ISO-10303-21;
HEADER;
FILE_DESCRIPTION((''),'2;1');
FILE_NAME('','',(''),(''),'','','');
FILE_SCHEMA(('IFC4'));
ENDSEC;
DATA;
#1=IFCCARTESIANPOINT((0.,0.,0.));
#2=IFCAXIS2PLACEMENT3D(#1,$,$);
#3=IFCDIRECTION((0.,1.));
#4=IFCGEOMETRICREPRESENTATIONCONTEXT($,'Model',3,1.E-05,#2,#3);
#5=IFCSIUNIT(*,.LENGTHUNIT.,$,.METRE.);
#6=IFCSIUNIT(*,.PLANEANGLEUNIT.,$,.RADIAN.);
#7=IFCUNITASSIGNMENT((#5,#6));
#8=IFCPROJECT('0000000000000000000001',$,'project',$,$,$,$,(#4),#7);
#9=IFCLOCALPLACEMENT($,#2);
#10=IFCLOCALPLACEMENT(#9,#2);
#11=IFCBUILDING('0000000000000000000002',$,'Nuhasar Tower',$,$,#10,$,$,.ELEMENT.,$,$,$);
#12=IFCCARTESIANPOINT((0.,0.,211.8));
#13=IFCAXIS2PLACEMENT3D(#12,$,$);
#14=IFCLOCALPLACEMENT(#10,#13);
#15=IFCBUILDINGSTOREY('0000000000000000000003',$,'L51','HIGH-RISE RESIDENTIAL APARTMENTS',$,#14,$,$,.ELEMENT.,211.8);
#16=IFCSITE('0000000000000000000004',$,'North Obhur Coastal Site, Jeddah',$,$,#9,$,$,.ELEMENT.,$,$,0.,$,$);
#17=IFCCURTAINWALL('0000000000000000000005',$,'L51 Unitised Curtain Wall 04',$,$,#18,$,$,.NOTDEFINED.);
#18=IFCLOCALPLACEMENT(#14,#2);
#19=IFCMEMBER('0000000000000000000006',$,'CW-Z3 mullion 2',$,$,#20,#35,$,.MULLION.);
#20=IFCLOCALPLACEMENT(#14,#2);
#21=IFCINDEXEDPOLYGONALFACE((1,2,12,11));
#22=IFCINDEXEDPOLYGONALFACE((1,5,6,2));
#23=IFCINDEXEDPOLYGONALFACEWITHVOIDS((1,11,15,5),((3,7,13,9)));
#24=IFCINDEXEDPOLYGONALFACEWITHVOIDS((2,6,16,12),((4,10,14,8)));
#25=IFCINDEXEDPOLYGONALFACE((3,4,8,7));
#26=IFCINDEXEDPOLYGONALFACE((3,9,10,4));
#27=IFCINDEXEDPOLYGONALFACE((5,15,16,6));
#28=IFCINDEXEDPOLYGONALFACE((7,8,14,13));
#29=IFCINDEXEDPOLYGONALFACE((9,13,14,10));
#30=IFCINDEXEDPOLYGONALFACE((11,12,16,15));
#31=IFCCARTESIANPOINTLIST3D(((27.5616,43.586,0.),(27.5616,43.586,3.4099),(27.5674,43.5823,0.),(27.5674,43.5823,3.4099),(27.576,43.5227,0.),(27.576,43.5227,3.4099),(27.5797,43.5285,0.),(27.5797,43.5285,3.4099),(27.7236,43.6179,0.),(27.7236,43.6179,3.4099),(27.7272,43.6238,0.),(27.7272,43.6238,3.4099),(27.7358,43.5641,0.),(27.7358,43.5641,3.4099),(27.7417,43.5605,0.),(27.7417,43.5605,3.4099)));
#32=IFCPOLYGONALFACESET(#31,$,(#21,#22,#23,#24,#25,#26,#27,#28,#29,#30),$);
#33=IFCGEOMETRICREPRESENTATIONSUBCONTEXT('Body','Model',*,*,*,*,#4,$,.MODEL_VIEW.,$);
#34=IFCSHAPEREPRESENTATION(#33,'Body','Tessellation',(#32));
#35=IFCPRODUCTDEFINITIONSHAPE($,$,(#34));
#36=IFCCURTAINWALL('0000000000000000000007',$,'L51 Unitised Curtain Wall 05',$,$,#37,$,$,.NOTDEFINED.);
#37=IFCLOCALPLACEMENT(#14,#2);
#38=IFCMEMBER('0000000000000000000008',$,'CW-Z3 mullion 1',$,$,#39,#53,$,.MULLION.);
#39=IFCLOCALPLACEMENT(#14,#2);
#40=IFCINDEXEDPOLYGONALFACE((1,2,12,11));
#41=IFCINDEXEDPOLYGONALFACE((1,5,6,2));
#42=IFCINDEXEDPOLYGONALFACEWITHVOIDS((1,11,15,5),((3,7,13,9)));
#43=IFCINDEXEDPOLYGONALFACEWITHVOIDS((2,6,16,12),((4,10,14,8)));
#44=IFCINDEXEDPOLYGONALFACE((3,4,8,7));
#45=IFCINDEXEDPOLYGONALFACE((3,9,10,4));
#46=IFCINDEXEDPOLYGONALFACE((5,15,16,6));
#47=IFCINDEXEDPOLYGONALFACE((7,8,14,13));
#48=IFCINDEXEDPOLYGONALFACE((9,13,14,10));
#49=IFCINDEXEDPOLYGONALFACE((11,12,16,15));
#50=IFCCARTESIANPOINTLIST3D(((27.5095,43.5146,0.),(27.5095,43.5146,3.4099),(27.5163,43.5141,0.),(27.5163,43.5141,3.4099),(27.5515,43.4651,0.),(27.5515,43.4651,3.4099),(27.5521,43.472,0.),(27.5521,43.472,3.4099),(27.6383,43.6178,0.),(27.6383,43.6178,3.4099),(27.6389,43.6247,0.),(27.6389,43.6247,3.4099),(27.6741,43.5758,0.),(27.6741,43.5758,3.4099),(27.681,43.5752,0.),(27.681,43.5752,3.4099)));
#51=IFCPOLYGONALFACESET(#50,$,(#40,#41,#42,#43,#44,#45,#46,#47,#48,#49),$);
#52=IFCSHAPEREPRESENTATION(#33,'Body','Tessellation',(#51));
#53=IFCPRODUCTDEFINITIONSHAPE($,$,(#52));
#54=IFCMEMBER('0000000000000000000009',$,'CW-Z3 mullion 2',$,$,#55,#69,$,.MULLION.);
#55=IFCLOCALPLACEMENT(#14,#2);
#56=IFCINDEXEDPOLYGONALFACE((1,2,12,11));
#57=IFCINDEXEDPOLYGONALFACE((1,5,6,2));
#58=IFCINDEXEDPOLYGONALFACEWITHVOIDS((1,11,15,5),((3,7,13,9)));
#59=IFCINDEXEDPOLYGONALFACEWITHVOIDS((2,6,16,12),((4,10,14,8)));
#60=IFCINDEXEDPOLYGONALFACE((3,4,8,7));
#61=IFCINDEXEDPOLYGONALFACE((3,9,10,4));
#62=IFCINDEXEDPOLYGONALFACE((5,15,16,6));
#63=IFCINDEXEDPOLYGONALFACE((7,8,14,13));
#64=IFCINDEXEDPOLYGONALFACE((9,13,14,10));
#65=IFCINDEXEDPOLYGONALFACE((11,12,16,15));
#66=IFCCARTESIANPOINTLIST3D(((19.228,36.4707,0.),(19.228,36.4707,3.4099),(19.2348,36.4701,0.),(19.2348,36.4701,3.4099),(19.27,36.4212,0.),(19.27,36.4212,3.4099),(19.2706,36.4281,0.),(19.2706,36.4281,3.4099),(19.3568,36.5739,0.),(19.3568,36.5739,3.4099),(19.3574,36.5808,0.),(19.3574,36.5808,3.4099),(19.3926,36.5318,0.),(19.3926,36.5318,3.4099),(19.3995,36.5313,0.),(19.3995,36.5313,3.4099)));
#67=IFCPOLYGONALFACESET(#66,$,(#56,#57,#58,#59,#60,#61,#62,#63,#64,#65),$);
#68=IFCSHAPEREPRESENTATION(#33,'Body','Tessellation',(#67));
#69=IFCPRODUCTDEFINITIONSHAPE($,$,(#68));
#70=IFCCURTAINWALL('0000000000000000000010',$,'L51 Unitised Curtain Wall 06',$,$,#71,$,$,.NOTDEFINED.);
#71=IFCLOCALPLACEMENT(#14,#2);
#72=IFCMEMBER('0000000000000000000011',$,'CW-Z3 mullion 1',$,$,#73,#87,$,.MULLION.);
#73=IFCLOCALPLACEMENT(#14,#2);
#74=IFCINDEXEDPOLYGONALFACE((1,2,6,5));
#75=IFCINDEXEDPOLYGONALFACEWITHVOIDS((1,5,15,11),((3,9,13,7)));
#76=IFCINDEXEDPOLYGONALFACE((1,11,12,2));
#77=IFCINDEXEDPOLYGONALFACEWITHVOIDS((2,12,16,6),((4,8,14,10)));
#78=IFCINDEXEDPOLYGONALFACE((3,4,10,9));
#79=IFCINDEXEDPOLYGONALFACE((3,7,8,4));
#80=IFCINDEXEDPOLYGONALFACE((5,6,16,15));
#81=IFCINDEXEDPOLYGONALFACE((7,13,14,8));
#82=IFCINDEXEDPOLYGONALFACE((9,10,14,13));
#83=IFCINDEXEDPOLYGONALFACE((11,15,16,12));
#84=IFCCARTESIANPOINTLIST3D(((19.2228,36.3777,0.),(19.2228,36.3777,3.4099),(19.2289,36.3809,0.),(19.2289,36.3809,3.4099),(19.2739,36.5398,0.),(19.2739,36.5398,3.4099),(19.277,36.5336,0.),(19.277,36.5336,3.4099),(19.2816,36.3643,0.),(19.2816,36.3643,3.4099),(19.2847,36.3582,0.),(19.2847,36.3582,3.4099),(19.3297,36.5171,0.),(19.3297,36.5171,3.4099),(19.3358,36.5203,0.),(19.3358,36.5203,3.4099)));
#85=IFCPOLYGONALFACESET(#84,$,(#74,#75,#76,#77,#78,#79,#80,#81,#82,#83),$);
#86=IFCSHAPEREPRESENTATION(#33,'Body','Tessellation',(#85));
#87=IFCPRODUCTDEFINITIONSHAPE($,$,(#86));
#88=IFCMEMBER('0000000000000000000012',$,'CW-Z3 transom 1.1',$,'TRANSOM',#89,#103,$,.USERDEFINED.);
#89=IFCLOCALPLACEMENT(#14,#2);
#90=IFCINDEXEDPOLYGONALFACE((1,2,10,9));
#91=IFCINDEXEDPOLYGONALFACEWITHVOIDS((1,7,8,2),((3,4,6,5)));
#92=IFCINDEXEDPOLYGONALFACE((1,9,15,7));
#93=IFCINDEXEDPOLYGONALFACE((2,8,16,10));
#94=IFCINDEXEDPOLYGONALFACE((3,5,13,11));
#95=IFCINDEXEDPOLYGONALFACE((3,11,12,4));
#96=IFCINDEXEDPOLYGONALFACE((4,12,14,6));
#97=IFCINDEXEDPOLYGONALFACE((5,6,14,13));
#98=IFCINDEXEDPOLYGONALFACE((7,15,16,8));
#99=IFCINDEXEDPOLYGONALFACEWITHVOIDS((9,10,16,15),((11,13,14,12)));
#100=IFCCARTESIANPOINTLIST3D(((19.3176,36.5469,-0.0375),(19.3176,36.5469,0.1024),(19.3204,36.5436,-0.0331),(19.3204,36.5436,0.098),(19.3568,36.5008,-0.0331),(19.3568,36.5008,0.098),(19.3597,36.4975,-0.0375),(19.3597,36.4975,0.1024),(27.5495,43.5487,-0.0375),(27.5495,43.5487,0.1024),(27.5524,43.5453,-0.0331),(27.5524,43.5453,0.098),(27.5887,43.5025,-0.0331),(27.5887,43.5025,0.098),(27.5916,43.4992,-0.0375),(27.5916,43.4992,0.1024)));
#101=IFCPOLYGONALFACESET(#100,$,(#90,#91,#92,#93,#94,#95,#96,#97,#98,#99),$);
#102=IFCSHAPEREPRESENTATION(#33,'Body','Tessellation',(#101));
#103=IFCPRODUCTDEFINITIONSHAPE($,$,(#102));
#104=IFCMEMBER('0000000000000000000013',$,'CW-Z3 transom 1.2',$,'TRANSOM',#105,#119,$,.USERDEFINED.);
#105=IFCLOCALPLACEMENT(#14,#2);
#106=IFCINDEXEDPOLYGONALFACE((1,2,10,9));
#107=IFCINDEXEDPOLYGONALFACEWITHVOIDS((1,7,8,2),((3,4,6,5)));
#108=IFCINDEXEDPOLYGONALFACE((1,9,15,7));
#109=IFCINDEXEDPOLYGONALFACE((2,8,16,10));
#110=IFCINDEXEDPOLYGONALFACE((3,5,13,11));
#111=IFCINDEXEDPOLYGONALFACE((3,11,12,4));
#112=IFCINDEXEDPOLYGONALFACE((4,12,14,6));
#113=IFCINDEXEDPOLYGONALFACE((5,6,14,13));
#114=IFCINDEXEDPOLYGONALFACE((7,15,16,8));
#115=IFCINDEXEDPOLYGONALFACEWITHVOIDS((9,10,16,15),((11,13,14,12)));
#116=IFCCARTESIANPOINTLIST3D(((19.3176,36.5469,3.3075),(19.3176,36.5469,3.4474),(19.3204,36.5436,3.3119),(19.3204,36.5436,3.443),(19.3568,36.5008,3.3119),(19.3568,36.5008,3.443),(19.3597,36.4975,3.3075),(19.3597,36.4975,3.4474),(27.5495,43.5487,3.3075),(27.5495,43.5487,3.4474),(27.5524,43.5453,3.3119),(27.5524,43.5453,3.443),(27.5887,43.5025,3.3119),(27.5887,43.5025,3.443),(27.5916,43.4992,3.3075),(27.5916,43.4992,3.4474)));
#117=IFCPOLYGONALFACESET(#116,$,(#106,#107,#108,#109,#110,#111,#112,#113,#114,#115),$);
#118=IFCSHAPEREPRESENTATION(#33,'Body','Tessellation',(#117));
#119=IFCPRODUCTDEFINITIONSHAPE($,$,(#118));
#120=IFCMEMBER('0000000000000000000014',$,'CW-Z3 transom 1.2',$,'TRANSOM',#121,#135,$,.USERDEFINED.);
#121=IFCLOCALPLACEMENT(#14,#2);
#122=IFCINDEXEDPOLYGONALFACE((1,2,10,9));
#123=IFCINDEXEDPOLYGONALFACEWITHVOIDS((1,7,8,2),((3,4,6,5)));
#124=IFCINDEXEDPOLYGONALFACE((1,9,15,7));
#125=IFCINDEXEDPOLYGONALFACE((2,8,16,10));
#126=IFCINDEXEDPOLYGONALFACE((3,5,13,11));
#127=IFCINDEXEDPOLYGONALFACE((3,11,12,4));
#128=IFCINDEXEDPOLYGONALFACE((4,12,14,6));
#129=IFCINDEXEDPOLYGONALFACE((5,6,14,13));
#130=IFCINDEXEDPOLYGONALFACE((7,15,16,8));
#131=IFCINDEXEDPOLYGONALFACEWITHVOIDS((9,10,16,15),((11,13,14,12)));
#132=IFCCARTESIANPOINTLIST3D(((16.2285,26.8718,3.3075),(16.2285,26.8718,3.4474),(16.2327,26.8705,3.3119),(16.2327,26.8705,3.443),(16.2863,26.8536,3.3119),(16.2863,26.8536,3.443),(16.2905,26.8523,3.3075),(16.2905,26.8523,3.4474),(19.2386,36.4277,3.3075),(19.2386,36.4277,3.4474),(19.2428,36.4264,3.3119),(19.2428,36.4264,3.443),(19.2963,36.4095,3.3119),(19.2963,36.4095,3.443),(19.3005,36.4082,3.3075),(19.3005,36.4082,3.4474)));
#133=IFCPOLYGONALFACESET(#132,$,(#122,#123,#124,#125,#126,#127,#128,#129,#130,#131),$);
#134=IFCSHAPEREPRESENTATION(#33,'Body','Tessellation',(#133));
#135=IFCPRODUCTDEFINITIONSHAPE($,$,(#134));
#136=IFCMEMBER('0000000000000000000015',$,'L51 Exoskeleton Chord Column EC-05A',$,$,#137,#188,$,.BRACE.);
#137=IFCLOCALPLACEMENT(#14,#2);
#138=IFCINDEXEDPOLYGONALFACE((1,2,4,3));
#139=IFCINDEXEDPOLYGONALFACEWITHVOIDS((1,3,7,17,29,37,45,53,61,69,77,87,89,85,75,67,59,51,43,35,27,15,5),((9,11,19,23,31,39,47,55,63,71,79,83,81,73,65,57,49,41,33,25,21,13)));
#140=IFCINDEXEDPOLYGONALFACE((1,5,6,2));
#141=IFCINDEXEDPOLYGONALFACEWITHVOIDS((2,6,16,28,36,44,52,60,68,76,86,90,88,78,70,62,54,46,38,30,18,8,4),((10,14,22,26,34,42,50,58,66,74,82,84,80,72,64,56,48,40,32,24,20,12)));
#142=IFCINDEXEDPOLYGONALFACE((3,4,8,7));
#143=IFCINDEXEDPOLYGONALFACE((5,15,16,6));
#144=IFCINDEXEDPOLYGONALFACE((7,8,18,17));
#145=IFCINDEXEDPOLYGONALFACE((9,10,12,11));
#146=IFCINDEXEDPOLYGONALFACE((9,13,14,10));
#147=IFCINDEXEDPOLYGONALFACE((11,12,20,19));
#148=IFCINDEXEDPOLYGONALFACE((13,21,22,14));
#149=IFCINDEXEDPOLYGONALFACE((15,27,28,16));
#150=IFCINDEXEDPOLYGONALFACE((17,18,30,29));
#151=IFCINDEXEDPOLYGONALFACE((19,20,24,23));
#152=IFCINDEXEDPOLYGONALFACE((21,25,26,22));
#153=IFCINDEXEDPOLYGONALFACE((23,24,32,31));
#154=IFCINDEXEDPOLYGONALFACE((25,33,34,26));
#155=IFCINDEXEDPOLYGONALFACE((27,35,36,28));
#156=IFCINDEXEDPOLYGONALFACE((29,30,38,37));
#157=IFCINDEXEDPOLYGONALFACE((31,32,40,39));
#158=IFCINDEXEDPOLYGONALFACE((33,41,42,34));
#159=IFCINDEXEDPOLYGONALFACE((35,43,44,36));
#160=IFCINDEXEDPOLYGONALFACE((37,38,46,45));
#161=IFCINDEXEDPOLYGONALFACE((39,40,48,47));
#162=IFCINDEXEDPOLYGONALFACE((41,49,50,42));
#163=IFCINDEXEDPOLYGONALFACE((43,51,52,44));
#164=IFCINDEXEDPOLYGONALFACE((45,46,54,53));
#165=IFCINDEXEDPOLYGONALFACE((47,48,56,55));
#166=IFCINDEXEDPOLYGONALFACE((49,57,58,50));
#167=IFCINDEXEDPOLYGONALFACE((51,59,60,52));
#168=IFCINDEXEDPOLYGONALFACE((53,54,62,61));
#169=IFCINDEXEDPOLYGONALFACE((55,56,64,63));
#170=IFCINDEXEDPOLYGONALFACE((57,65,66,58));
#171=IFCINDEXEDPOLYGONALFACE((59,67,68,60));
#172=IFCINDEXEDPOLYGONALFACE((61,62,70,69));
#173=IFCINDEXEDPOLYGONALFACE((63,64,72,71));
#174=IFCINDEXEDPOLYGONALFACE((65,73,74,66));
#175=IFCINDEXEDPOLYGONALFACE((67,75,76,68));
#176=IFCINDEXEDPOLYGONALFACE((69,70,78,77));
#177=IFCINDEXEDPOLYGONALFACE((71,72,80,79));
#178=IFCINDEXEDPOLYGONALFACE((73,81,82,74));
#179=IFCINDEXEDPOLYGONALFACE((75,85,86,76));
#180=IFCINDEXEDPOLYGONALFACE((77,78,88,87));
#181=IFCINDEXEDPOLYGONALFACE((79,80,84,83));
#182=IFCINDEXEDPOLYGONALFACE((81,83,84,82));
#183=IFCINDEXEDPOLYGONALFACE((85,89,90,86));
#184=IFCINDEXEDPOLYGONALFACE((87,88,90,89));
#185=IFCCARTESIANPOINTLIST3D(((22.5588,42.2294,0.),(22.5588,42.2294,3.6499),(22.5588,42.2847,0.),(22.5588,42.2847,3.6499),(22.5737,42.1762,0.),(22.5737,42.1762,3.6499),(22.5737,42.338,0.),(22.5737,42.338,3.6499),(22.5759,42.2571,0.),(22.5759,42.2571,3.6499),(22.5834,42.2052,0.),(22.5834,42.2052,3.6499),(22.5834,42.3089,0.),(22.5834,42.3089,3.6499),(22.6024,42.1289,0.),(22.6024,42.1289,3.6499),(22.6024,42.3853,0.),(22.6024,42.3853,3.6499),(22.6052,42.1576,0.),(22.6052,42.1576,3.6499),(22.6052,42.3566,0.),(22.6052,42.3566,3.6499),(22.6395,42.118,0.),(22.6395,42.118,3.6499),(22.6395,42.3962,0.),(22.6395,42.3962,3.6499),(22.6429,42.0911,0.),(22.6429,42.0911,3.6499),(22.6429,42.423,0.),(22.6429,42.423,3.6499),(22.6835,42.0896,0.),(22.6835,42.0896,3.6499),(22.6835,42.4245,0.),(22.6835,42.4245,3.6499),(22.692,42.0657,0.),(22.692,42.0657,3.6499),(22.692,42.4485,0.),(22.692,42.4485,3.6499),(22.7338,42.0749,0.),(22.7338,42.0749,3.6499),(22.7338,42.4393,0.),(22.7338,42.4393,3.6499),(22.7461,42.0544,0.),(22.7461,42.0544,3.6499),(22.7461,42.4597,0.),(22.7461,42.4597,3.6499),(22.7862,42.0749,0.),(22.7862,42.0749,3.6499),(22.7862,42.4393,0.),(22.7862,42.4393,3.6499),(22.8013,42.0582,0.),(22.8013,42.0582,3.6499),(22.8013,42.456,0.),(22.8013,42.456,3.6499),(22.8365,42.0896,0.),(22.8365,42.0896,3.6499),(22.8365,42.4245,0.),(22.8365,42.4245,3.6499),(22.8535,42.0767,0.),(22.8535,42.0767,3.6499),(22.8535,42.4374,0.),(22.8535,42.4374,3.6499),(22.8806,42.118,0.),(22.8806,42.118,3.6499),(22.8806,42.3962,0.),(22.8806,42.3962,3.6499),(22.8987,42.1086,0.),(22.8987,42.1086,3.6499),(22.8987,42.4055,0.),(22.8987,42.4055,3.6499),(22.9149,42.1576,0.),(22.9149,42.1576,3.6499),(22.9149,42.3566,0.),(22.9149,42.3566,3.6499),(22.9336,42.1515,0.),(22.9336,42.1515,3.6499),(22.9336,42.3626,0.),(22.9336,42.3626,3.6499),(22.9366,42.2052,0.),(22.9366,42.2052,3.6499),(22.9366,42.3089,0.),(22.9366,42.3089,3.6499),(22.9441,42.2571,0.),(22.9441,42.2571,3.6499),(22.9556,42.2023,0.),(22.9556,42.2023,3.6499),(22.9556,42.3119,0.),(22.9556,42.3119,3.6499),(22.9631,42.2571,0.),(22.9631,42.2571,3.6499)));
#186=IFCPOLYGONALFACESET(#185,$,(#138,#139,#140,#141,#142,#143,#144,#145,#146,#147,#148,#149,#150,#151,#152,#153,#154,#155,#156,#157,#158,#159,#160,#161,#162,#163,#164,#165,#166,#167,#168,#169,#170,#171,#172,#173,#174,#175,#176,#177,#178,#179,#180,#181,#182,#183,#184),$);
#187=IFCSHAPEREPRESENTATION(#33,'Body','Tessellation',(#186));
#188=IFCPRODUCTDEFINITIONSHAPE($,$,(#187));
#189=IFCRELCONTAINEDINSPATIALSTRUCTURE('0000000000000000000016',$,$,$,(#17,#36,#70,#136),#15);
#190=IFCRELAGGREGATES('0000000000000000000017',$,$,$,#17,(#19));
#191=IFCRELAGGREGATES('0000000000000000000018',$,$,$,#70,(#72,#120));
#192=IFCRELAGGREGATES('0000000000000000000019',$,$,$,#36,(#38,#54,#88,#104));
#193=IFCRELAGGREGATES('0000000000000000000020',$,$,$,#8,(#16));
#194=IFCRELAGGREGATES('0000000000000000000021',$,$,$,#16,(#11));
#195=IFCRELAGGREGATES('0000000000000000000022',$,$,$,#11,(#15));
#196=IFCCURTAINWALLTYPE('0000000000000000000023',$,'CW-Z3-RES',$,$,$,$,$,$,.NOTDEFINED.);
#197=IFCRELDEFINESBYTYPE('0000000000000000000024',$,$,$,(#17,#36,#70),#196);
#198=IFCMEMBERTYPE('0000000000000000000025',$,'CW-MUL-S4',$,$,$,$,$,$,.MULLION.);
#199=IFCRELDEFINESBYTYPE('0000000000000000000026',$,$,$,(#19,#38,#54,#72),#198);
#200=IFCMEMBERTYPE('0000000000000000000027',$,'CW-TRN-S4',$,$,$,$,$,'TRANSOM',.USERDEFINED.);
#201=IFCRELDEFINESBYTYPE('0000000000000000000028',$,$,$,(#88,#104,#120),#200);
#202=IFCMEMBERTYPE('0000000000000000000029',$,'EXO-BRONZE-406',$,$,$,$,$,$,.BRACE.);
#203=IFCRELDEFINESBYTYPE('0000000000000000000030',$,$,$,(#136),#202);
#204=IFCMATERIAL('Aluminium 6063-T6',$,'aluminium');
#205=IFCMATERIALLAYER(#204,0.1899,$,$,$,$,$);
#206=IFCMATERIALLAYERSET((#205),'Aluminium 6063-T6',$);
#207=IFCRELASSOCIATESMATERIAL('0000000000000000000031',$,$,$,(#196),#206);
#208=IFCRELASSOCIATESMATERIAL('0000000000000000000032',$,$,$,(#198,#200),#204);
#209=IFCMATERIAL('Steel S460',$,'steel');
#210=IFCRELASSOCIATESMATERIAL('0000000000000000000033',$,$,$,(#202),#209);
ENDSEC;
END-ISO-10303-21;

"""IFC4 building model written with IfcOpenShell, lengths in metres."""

from ifc_helpers import new_model, si_unit, direction, frame, origin, origin_2d, place, context, subcontext, project, spatial, hollow_rectangle, hollow_circle, extrude, material, layer, layer_set, material_profile, profile_set, type_object, element, aggregate, save


model = new_model("IFC4")

# Units and contexts
model_context = context("Model", 3, precision=1e-05, world=origin(), true_north=direction((0.0, 1.0)))
body_context = subcontext(model_context, "Body", "Model", "MODEL_VIEW")
ifc_project = project(units=[si_unit("LENGTHUNIT", "METRE"), si_unit("PLANEANGLEUNIT", "RADIAN")], contexts=[model_context])

# Site, building, storey
site_placement = place(None, origin())
site = spatial("IfcSite", under=ifc_project, at=site_placement, Name="North Obhur Coastal Site, Jeddah", CompositionType="ELEMENT", RefElevation=0.0)
building_placement = place(site_placement, origin())
building = spatial("IfcBuilding", under=site, at=building_placement, Name="Nuhasar Tower", CompositionType="ELEMENT")
storey_placement = place(building_placement, frame((0.0, 0.0, 211.8)))
storey = spatial("IfcBuildingStorey", under=building, at=storey_placement, Name="L51", Description="HIGH-RISE RESIDENTIAL APARTMENTS", CompositionType="ELEMENT", Elevation=211.8)

# Curtain wall, member
ifc_material_1 = material(Name="Aluminium 6063-T6", Category="aluminium")
ifc_layer_1 = layer(ifc_material_1, 0.1899)
ifc_layer_set_1 = layer_set([ifc_layer_1], Name="Aluminium 6063-T6")
curtain_wall_type = type_object("IfcCurtainWallType", Name="CW-Z3-RES", PredefinedType="NOTDEFINED", material=ifc_layer_set_1)
curtain_wall_1_placement = place(storey_placement, origin())
curtain_wall_1 = element("IfcCurtainWall", 1, at=curtain_wall_1_placement, inside=storey, type_object=curtain_wall_type, Name="L51 Unitised Curtain Wall 04", PredefinedType="NOTDEFINED")
ifc_material_profile_1 = material_profile(ifc_material_1, hollow_rectangle(XDim=0.0649, YDim=0.1699, WallThickness=0.0049, at=origin_2d()), Name="CWM-4")
ifc_profile_set_1 = profile_set([ifc_material_profile_1], Name="Aluminium 6063-T6")
member_type_1 = type_object("IfcMemberType", Name="CW-MUL-S4", PredefinedType="MULLION", material=ifc_profile_set_1)
member_1_placement = place(storey_placement, frame((27.6516, 43.5732, 0.0), z_axis=(0.0, 0.0, 1.0), x_axis=(0.222243, -0.974991, 0.0)))
member_1 = element("IfcMember", 2, at=member_1_placement, type_object=member_type_1, Name="CW-Z3 mullion 2", PredefinedType="MULLION", context=body_context, shape_type="SweptSolid", body=[
    extrude(hollow_rectangle(XDim=0.0649, YDim=0.1699, WallThickness=0.0049, at=origin_2d()), origin(), (0.0, 0.0, 1.0), 3.4099),
])
aggregate(curtain_wall_1, [member_1])

# Curtain wall, members
curtain_wall_2_placement = place(storey_placement, origin())
curtain_wall_2 = element("IfcCurtainWall", 3, at=curtain_wall_2_placement, inside=storey, type_object=curtain_wall_type, Name="L51 Unitised Curtain Wall 05", PredefinedType="NOTDEFINED")
member_2_placement = place(storey_placement, frame((27.5952, 43.5449, 0.0), z_axis=(0.0, 0.0, 1.0), x_axis=(0.647895, -0.761729, 0.0)))
member_2 = element("IfcMember", 4, at=member_2_placement, type_object=member_type_1, Name="CW-Z3 mullion 1", PredefinedType="MULLION", context=body_context, shape_type="SweptSolid", body=[
    extrude(hollow_rectangle(XDim=0.0649, YDim=0.1699, WallThickness=0.0049, at=origin_2d()), origin(), (0.0, 0.0, 1.0), 3.4099),
])
member_3_placement = place(storey_placement, frame((19.3137, 36.501, 0.0), z_axis=(0.0, 0.0, 1.0), x_axis=(0.647895, -0.761729, 0.0)))
member_3 = element("IfcMember", 5, at=member_3_placement, type_object=member_type_1, Name="CW-Z3 mullion 2", PredefinedType="MULLION", context=body_context, shape_type="SweptSolid", body=[
    extrude(hollow_rectangle(XDim=0.0649, YDim=0.1699, WallThickness=0.0049, at=origin_2d()), origin(), (0.0, 0.0, 1.0), 3.4099),
])

# Curtain wall, member
curtain_wall_3_placement = place(storey_placement, origin())
curtain_wall_3 = element("IfcCurtainWall", 6, at=curtain_wall_3_placement, inside=storey, type_object=curtain_wall_type, Name="L51 Unitised Curtain Wall 06", PredefinedType="NOTDEFINED")
member_4_placement = place(storey_placement, frame((19.2793, 36.449, 0.0), z_axis=(0.0, 0.0, 1.0), x_axis=(0.953804, -0.300429, 0.0)))
member_4 = element("IfcMember", 7, at=member_4_placement, type_object=member_type_1, Name="CW-Z3 mullion 1", PredefinedType="MULLION", context=body_context, shape_type="SweptSolid", body=[
    extrude(hollow_rectangle(XDim=0.0649, YDim=0.1699, WallThickness=0.0049, at=origin_2d()), origin(), (0.0, 0.0, 1.0), 3.4099),
])

# Members
ifc_material_profile_2 = material_profile(ifc_material_1, hollow_rectangle(XDim=0.0649, YDim=0.1399, WallThickness=0.0044, at=origin_2d()), Name="CWT-4")
ifc_profile_set_2 = profile_set([ifc_material_profile_2], Name="Aluminium 6063-T6")
member_type_2 = type_object("IfcMemberType", Name="CW-TRN-S4", ElementType="TRANSOM", PredefinedType="USERDEFINED", material=ifc_profile_set_2)
member_5_placement = place(storey_placement, frame((27.5706, 43.5239, 0.0325), z_axis=(-0.761731, -0.647894, 0.0), x_axis=(0.647894, -0.761731, 0.0)))
member_5 = element("IfcMember", 8, at=member_5_placement, type_object=member_type_2, Name="CW-Z3 transom 1.1", ObjectType="TRANSOM", PredefinedType="USERDEFINED", context=body_context, shape_type="SweptSolid", body=[
    extrude(hollow_rectangle(XDim=0.0649, YDim=0.1399, WallThickness=0.0044, at=origin_2d()), origin(), (0.0, 0.0, 1.0), 10.8069),
])
member_6_placement = place(storey_placement, frame((27.5706, 43.5239, 3.3774), z_axis=(-0.761731, -0.647894, 0.0), x_axis=(0.647894, -0.761731, 0.0)))
member_6 = element("IfcMember", 9, at=member_6_placement, type_object=member_type_2, Name="CW-Z3 transom 1.2", ObjectType="TRANSOM", PredefinedType="USERDEFINED", context=body_context, shape_type="SweptSolid", body=[
    extrude(hollow_rectangle(XDim=0.0649, YDim=0.1399, WallThickness=0.0044, at=origin_2d()), origin(), (0.0, 0.0, 1.0), 10.8069),
])
member_7_placement = place(storey_placement, frame((19.2695, 36.418, 3.3774), z_axis=(-0.300437, -0.953802, 0.0), x_axis=(0.953802, -0.300437, 0.0)))
member_7 = element("IfcMember", 10, at=member_7_placement, type_object=member_type_2, Name="CW-Z3 transom 1.2", ObjectType="TRANSOM", PredefinedType="USERDEFINED", context=body_context, shape_type="SweptSolid", body=[
    extrude(hollow_rectangle(XDim=0.0649, YDim=0.1399, WallThickness=0.0044, at=origin_2d()), origin(), (0.0, 0.0, 1.0), 10.0188),
])
aggregate(curtain_wall_3, [member_4, member_7])

# Member
ifc_material_2 = material(Name="Steel S460", Category="steel")
ifc_material_profile_3 = material_profile(ifc_material_2, hollow_circle(Radius=0.2031, WallThickness=0.019, at=origin_2d()), Name="HSS406.4X19.1")
ifc_profile_set_3 = profile_set([ifc_material_profile_3], Name="Steel S460")
member_type_3 = type_object("IfcMemberType", Name="EXO-BRONZE-406", PredefinedType="BRACE", material=ifc_profile_set_3)
for number, where, z_axis, x_axis, name in (
    (11, (22.76, 42.2571, 0.0), (0.0, 0.0, 1.0), (1.0, 0.0, 0.0), "L51 Exoskeleton Chord Column EC-05A"),
):
    element("IfcMember", number, at=place(storey_placement, frame(where, z_axis=z_axis, x_axis=x_axis)), inside=storey, type_object=member_type_3, Name=name, PredefinedType="BRACE", context=body_context, shape_type="SweptSolid", body=[
        extrude(hollow_circle(Radius=0.2031, WallThickness=0.019, at=origin_2d()), origin(), (0.0, 0.0, 1.0), 3.6499),
    ])

aggregate(curtain_wall_2, [member_2, member_3, member_5, member_6])

save(model, "model.ifc")
